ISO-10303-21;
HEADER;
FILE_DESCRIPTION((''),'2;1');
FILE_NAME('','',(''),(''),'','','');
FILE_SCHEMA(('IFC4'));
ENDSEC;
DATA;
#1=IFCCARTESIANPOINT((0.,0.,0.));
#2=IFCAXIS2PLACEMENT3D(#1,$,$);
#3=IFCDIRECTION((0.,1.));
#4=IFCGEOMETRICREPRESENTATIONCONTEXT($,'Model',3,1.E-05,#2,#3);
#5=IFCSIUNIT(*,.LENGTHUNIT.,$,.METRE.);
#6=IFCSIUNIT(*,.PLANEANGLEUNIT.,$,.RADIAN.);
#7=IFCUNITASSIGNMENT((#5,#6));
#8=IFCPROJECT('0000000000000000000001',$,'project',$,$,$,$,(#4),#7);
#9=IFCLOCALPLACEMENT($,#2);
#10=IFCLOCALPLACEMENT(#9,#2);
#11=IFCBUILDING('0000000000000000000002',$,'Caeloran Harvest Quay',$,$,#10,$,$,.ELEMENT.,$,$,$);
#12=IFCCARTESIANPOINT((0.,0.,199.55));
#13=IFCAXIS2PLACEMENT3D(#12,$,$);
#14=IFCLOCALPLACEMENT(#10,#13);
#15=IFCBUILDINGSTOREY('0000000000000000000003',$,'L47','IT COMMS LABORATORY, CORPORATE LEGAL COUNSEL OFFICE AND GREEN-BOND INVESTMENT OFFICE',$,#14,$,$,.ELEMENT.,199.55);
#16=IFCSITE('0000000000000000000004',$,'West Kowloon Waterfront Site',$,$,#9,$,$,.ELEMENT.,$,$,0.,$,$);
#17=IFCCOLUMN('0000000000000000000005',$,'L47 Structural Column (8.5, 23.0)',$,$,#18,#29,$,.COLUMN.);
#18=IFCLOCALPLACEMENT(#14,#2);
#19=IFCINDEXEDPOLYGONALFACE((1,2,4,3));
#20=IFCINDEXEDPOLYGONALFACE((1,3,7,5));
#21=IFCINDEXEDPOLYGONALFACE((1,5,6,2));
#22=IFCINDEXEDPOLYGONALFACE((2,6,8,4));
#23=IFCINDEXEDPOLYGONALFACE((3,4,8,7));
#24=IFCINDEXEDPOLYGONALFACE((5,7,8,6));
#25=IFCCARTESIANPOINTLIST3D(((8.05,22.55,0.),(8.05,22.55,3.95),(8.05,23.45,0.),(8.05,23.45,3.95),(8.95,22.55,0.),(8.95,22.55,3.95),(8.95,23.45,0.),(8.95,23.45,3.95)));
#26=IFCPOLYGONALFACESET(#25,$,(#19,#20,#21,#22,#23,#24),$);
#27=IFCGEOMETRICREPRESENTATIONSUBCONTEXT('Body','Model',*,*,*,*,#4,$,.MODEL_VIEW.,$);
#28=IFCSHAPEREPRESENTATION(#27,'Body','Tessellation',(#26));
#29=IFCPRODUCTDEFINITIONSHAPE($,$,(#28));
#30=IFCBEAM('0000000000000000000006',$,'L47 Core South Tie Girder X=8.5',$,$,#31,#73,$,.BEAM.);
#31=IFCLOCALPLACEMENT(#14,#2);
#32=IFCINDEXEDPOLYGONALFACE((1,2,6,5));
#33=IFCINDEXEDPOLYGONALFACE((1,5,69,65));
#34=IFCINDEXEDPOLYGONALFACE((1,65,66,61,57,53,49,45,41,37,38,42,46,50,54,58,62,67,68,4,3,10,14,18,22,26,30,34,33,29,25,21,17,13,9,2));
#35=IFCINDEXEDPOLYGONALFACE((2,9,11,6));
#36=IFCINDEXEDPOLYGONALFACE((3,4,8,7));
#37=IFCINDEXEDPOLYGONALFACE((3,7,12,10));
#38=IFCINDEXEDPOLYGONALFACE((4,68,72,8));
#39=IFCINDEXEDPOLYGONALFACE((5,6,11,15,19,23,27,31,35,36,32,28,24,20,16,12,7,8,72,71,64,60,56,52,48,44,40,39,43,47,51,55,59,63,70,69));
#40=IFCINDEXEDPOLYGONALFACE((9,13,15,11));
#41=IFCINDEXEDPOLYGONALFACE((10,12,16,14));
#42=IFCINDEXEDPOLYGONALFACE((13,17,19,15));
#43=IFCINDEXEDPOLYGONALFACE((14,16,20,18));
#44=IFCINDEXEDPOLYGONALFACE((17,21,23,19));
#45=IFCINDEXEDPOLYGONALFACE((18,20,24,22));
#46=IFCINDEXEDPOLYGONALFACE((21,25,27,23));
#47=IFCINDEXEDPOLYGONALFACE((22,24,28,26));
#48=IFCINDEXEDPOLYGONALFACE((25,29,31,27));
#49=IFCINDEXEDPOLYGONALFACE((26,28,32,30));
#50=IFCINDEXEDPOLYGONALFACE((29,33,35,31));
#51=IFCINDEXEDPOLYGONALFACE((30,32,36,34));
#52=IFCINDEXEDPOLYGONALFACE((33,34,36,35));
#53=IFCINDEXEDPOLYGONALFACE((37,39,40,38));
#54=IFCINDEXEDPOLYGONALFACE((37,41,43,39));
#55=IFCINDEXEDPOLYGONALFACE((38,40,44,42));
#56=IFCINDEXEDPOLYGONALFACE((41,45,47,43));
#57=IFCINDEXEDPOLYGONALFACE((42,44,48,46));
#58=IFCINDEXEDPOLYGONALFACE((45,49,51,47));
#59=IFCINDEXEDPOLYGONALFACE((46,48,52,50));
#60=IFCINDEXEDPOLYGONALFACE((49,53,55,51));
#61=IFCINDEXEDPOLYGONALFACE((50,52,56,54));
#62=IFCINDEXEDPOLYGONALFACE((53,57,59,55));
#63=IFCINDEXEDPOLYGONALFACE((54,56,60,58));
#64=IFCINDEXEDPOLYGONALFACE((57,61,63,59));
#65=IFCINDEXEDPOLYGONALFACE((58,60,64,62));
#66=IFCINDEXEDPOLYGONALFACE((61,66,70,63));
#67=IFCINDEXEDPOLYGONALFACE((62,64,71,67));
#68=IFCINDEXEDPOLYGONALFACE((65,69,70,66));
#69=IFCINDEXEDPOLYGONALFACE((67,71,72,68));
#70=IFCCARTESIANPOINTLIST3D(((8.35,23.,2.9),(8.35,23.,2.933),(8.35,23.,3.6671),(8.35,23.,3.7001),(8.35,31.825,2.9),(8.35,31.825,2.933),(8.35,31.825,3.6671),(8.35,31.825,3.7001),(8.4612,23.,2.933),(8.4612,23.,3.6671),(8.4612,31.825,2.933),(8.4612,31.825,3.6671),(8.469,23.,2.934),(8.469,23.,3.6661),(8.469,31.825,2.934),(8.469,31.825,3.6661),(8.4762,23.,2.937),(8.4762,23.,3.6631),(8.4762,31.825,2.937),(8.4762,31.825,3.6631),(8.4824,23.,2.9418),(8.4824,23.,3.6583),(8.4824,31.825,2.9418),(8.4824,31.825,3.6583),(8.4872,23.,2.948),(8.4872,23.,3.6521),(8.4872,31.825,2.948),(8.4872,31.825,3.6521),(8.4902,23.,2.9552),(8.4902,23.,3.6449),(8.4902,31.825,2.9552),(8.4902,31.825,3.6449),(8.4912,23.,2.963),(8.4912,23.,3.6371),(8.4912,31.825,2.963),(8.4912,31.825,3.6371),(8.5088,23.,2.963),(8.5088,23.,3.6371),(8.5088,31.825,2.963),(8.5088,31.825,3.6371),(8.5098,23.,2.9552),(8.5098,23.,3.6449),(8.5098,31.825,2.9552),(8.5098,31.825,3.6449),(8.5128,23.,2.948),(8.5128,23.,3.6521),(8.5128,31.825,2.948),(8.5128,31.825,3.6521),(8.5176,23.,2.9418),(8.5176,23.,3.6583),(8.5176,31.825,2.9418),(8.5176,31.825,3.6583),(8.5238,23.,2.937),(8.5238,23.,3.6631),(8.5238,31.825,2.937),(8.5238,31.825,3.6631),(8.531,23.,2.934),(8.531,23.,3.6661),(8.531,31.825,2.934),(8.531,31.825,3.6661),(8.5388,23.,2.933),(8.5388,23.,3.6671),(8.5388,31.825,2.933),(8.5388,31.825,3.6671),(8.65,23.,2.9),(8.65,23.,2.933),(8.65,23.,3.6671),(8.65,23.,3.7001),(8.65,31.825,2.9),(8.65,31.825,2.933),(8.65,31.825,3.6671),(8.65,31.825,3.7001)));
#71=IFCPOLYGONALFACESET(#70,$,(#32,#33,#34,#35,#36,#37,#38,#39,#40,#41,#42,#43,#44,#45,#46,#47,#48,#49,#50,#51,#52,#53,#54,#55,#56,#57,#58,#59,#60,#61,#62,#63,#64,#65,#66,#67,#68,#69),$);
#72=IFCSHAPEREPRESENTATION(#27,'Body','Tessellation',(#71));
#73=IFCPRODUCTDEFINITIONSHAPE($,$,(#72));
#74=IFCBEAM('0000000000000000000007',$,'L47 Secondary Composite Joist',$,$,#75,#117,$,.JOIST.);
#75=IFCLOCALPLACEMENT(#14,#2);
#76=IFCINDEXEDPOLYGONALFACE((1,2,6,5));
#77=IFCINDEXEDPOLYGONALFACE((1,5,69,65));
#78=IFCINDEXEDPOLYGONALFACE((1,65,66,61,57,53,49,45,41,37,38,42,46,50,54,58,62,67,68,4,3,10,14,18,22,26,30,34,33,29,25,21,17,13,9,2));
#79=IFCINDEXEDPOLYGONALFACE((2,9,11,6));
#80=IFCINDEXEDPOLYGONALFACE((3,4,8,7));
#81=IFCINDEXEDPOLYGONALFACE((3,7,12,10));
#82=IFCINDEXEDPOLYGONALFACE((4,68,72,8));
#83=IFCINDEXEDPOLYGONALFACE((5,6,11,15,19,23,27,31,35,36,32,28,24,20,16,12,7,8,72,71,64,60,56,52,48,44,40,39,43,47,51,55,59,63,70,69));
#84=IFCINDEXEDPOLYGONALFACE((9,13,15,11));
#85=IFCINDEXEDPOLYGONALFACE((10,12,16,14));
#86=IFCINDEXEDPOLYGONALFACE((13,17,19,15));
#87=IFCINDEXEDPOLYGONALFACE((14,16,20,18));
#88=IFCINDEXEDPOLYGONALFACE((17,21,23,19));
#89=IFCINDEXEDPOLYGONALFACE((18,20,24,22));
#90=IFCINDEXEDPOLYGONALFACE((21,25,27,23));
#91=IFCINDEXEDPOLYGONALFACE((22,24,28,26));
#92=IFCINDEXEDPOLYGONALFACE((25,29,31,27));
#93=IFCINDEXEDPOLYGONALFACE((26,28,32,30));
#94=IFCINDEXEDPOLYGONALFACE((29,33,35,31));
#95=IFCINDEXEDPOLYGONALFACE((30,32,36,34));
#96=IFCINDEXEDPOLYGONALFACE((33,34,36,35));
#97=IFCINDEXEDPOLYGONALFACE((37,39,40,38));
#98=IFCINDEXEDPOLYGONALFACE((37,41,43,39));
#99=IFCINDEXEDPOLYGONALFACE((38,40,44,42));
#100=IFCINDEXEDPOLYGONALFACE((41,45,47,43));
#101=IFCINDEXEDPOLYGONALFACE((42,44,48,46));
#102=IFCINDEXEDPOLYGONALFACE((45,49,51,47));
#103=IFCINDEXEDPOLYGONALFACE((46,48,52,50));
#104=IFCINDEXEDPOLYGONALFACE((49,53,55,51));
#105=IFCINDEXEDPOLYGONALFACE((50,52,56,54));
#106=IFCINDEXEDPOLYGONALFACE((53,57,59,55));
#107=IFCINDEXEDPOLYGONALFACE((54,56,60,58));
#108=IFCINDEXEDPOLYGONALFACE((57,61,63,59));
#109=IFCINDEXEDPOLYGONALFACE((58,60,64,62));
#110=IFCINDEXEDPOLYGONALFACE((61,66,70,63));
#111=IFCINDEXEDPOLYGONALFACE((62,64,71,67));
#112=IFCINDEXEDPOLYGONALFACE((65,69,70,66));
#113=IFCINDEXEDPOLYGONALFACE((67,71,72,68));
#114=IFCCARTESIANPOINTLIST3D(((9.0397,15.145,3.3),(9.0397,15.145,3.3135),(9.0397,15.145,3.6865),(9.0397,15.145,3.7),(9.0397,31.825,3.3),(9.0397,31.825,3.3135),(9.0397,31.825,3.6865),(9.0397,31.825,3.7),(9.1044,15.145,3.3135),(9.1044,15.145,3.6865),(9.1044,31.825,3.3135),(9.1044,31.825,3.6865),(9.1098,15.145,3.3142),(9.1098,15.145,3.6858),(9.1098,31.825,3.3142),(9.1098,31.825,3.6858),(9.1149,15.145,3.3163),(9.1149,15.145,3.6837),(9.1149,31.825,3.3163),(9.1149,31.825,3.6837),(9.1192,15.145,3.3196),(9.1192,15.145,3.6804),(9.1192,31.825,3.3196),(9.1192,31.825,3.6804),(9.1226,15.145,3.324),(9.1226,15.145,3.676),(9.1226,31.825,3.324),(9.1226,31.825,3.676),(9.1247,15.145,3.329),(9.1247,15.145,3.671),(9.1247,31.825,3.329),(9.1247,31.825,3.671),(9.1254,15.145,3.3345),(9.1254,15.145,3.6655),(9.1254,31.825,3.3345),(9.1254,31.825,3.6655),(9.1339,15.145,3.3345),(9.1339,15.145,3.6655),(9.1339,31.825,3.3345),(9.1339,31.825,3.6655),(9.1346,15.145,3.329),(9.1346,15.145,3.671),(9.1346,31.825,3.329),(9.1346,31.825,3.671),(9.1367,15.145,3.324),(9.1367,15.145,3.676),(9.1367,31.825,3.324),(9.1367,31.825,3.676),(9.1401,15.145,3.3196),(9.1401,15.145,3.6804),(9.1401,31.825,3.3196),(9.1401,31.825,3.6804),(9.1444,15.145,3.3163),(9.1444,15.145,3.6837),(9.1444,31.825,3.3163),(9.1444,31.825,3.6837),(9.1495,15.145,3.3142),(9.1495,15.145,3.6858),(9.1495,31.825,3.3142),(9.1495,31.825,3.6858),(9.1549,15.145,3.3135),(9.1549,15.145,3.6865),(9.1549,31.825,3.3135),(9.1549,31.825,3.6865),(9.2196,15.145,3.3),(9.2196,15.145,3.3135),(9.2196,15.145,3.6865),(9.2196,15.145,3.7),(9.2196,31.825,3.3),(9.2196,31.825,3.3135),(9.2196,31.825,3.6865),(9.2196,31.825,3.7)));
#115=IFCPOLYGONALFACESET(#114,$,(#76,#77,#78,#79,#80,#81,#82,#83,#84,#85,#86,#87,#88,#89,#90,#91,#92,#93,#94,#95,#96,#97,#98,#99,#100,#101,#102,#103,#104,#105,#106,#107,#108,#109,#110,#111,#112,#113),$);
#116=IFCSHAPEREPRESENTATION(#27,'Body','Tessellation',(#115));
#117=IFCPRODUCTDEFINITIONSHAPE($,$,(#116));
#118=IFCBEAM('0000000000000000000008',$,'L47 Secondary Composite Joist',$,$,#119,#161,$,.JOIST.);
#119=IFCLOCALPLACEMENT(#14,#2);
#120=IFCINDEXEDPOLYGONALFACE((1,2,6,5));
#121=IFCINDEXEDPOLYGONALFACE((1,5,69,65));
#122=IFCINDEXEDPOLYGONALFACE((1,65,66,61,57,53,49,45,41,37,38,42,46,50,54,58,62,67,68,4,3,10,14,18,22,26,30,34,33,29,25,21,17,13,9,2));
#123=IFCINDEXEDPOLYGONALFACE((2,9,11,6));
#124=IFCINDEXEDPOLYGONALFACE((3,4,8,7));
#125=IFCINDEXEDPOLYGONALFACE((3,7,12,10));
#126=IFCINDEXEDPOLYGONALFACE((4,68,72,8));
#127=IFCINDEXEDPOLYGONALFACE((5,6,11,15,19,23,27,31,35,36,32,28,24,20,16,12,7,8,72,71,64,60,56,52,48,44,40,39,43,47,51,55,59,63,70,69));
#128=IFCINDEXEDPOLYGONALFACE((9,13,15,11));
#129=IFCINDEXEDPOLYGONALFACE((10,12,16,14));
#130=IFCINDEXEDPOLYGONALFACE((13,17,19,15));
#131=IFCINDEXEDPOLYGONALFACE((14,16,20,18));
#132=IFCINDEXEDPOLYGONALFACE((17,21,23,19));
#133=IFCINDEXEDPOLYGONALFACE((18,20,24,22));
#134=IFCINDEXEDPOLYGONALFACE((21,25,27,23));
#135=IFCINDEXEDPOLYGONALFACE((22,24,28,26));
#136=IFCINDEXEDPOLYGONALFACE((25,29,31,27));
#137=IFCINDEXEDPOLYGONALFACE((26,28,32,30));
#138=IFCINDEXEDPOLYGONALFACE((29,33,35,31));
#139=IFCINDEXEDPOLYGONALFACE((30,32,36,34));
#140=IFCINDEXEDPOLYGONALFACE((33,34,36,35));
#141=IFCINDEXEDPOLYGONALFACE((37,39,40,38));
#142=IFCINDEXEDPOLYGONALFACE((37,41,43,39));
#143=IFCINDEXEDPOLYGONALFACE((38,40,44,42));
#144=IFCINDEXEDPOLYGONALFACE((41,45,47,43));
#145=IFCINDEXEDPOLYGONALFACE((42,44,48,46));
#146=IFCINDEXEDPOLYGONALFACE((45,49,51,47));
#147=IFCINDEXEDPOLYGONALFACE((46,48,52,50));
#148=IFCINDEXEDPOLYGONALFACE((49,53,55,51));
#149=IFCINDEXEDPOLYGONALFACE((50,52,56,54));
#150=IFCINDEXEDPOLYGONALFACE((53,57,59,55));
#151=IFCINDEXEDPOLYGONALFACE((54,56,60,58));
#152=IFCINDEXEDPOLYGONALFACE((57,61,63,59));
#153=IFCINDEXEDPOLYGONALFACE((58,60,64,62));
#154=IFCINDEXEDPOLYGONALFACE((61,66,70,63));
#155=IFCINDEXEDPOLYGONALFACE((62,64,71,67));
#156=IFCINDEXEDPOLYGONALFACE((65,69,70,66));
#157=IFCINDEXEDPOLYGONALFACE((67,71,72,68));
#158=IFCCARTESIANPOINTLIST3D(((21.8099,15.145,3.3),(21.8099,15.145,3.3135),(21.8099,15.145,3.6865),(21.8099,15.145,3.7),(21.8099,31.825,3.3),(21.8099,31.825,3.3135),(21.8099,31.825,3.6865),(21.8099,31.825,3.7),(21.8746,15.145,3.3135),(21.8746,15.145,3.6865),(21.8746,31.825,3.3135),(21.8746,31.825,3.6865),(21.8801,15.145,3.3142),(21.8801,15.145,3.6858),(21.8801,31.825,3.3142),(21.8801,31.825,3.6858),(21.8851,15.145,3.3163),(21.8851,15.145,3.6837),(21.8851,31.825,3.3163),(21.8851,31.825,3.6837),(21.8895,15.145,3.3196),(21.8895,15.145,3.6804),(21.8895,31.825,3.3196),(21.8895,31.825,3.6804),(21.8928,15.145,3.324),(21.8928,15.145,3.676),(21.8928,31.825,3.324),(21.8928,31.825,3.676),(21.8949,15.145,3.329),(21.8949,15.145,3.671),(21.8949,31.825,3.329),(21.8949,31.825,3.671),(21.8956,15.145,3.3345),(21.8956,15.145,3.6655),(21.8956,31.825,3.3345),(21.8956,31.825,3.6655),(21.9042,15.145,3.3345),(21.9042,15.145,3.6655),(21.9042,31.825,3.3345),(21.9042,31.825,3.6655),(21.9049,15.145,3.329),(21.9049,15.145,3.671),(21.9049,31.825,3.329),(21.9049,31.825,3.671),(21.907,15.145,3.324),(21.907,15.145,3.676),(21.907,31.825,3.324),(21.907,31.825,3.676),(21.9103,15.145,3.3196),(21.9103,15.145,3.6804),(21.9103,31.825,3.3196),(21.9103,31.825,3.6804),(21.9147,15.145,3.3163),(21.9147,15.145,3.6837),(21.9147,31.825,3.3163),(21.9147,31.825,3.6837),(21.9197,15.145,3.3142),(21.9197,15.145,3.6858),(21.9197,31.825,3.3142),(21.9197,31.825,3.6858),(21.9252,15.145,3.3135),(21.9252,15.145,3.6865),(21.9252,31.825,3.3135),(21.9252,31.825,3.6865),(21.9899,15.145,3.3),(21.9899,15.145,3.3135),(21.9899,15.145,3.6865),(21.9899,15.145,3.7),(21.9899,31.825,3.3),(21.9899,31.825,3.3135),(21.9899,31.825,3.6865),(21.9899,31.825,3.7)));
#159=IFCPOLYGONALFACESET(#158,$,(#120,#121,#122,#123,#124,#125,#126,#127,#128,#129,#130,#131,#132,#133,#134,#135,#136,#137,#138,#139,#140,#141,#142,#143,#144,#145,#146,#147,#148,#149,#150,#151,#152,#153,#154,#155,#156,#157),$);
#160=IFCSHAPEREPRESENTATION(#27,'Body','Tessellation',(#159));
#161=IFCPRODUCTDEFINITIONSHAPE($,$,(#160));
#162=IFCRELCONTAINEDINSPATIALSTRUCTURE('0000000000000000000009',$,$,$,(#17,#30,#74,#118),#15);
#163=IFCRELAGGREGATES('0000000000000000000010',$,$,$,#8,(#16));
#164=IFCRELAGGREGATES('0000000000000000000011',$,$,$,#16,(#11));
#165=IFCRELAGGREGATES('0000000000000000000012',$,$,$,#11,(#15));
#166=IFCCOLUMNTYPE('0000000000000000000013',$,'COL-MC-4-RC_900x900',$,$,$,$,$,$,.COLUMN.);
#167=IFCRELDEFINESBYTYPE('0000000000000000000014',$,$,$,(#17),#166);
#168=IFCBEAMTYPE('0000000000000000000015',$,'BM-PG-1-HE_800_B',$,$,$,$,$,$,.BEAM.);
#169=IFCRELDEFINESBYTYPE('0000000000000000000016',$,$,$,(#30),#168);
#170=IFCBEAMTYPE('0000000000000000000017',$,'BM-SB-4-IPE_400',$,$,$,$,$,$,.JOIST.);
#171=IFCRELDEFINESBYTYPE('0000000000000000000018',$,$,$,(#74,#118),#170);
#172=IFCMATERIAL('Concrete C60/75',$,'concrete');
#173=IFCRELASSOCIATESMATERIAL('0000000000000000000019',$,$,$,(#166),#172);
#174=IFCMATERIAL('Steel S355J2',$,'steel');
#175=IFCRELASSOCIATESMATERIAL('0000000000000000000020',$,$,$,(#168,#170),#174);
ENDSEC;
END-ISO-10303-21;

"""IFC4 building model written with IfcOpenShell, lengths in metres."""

from ifc_helpers import new_model, si_unit, direction, frame, origin, origin_2d, place, context, subcontext, project, spatial, rectangle, i_section, extrude, material, material_profile, profile_set, type_object, element, save


model = new_model("IFC4")

# Units and contexts
model_context = context("Model", 3, precision=1e-05, world=origin(), true_north=direction((0.0, 1.0)))
body_context = subcontext(model_context, "Body", "Model", "MODEL_VIEW")
ifc_project = project(units=[si_unit("LENGTHUNIT", "METRE"), si_unit("PLANEANGLEUNIT", "RADIAN")], contexts=[model_context])

# Site, building, storey
site_placement = place(None, origin())
site = spatial("IfcSite", under=ifc_project, at=site_placement, Name="West Kowloon Waterfront Site", CompositionType="ELEMENT", RefElevation=0.0)
building_placement = place(site_placement, origin())
building = spatial("IfcBuilding", under=site, at=building_placement, Name="Caeloran Harvest Quay", CompositionType="ELEMENT")
storey_placement = place(building_placement, frame((0.0, 0.0, 199.55)))
storey = spatial("IfcBuildingStorey", under=building, at=storey_placement, Name="L47", Description="IT COMMS LABORATORY, CORPORATE LEGAL COUNSEL OFFICE AND GREEN-BOND INVESTMENT OFFICE", CompositionType="ELEMENT", Elevation=199.55)

# Column
ifc_material_1 = material(Name="Concrete C60/75", Category="concrete")
ifc_material_profile_1 = material_profile(ifc_material_1, rectangle(XDim=0.8999, YDim=0.8999, at=origin_2d()), Name="RC 900x900")
ifc_profile_set_1 = profile_set([ifc_material_profile_1], Name="Concrete C60/75")
column_type = type_object("IfcColumnType", Name="COL-MC-4-RC_900x900", PredefinedType="COLUMN", material=ifc_profile_set_1)
column_placement = place(storey_placement, frame((8.5, 23.0, 0.0), z_axis=(0.0, 0.0, 1.0), x_axis=(1.0, 0.0, 0.0)))
element("IfcColumn", 1, at=column_placement, inside=storey, type_object=column_type, Name="L47 Structural Column (8.5, 23.0)", PredefinedType="COLUMN", context=body_context, shape_type="SweptSolid", body=[
    extrude(rectangle(XDim=0.8999, YDim=0.8999, at=origin_2d()), origin(), (0.0, 0.0, 1.0), 3.95),
])

# Beams
ifc_material_2 = material(Name="Steel S355J2", Category="steel")
ifc_material_profile_2 = material_profile(ifc_material_2, i_section(OverallWidth=0.3, OverallDepth=0.8, WebThickness=0.0176, FlangeThickness=0.033, FilletRadius=0.03, at=origin_2d()), Name="HE 800 B")
ifc_profile_set_2 = profile_set([ifc_material_profile_2], Name="Steel S355J2")
beam_type_1 = type_object("IfcBeamType", Name="BM-PG-1-HE_800_B", PredefinedType="BEAM", material=ifc_profile_set_2)
beam_1_placement = place(storey_placement, frame((8.5, 23.0, 3.3), z_axis=(0.0, 1.0, 0.0), x_axis=(-1.0, 0.0, 0.0)))
element("IfcBeam", 2, at=beam_1_placement, inside=storey, type_object=beam_type_1, Name="L47 Core South Tie Girder X=8.5", PredefinedType="BEAM", context=body_context, shape_type="SweptSolid", body=[
    extrude(i_section(OverallWidth=0.3, OverallDepth=0.8, WebThickness=0.0176, FlangeThickness=0.033, FilletRadius=0.03, at=origin_2d()), origin(), (0.0, 0.0, 1.0), 8.825),
])
ifc_material_profile_3 = material_profile(ifc_material_2, i_section(OverallWidth=0.1799, OverallDepth=0.3999, WebThickness=0.0085, FlangeThickness=0.0134, FilletRadius=0.021, at=origin_2d()), Name="IPE 400")
ifc_profile_set_3 = profile_set([ifc_material_profile_3], Name="Steel S355J2")
beam_type_2 = type_object("IfcBeamType", Name="BM-SB-4-IPE_400", PredefinedType="JOIST", material=ifc_profile_set_3)
for number, where, z_axis, x_axis, name in (
    (3, (9.1296, 15.145, 3.5), (0.0, 1.0, 0.0), (-1.0, 0.0, 0.0), "L47 Secondary Composite Joist"),
    (4, (21.8999, 15.145, 3.5), (0.0, 1.0, 0.0), (-1.0, 0.0, 0.0), "L47 Secondary Composite Joist"),
):
    element("IfcBeam", number, at=place(storey_placement, frame(where, z_axis=z_axis, x_axis=x_axis)), inside=storey, type_object=beam_type_2, Name=name, PredefinedType="JOIST", context=body_context, shape_type="SweptSolid", body=[
        extrude(i_section(OverallWidth=0.1799, OverallDepth=0.3999, WebThickness=0.0085, FlangeThickness=0.0134, FilletRadius=0.021, at=origin_2d()), origin(), (0.0, 0.0, 1.0), 16.6799),
    ])

save(model, "model.ifc")
